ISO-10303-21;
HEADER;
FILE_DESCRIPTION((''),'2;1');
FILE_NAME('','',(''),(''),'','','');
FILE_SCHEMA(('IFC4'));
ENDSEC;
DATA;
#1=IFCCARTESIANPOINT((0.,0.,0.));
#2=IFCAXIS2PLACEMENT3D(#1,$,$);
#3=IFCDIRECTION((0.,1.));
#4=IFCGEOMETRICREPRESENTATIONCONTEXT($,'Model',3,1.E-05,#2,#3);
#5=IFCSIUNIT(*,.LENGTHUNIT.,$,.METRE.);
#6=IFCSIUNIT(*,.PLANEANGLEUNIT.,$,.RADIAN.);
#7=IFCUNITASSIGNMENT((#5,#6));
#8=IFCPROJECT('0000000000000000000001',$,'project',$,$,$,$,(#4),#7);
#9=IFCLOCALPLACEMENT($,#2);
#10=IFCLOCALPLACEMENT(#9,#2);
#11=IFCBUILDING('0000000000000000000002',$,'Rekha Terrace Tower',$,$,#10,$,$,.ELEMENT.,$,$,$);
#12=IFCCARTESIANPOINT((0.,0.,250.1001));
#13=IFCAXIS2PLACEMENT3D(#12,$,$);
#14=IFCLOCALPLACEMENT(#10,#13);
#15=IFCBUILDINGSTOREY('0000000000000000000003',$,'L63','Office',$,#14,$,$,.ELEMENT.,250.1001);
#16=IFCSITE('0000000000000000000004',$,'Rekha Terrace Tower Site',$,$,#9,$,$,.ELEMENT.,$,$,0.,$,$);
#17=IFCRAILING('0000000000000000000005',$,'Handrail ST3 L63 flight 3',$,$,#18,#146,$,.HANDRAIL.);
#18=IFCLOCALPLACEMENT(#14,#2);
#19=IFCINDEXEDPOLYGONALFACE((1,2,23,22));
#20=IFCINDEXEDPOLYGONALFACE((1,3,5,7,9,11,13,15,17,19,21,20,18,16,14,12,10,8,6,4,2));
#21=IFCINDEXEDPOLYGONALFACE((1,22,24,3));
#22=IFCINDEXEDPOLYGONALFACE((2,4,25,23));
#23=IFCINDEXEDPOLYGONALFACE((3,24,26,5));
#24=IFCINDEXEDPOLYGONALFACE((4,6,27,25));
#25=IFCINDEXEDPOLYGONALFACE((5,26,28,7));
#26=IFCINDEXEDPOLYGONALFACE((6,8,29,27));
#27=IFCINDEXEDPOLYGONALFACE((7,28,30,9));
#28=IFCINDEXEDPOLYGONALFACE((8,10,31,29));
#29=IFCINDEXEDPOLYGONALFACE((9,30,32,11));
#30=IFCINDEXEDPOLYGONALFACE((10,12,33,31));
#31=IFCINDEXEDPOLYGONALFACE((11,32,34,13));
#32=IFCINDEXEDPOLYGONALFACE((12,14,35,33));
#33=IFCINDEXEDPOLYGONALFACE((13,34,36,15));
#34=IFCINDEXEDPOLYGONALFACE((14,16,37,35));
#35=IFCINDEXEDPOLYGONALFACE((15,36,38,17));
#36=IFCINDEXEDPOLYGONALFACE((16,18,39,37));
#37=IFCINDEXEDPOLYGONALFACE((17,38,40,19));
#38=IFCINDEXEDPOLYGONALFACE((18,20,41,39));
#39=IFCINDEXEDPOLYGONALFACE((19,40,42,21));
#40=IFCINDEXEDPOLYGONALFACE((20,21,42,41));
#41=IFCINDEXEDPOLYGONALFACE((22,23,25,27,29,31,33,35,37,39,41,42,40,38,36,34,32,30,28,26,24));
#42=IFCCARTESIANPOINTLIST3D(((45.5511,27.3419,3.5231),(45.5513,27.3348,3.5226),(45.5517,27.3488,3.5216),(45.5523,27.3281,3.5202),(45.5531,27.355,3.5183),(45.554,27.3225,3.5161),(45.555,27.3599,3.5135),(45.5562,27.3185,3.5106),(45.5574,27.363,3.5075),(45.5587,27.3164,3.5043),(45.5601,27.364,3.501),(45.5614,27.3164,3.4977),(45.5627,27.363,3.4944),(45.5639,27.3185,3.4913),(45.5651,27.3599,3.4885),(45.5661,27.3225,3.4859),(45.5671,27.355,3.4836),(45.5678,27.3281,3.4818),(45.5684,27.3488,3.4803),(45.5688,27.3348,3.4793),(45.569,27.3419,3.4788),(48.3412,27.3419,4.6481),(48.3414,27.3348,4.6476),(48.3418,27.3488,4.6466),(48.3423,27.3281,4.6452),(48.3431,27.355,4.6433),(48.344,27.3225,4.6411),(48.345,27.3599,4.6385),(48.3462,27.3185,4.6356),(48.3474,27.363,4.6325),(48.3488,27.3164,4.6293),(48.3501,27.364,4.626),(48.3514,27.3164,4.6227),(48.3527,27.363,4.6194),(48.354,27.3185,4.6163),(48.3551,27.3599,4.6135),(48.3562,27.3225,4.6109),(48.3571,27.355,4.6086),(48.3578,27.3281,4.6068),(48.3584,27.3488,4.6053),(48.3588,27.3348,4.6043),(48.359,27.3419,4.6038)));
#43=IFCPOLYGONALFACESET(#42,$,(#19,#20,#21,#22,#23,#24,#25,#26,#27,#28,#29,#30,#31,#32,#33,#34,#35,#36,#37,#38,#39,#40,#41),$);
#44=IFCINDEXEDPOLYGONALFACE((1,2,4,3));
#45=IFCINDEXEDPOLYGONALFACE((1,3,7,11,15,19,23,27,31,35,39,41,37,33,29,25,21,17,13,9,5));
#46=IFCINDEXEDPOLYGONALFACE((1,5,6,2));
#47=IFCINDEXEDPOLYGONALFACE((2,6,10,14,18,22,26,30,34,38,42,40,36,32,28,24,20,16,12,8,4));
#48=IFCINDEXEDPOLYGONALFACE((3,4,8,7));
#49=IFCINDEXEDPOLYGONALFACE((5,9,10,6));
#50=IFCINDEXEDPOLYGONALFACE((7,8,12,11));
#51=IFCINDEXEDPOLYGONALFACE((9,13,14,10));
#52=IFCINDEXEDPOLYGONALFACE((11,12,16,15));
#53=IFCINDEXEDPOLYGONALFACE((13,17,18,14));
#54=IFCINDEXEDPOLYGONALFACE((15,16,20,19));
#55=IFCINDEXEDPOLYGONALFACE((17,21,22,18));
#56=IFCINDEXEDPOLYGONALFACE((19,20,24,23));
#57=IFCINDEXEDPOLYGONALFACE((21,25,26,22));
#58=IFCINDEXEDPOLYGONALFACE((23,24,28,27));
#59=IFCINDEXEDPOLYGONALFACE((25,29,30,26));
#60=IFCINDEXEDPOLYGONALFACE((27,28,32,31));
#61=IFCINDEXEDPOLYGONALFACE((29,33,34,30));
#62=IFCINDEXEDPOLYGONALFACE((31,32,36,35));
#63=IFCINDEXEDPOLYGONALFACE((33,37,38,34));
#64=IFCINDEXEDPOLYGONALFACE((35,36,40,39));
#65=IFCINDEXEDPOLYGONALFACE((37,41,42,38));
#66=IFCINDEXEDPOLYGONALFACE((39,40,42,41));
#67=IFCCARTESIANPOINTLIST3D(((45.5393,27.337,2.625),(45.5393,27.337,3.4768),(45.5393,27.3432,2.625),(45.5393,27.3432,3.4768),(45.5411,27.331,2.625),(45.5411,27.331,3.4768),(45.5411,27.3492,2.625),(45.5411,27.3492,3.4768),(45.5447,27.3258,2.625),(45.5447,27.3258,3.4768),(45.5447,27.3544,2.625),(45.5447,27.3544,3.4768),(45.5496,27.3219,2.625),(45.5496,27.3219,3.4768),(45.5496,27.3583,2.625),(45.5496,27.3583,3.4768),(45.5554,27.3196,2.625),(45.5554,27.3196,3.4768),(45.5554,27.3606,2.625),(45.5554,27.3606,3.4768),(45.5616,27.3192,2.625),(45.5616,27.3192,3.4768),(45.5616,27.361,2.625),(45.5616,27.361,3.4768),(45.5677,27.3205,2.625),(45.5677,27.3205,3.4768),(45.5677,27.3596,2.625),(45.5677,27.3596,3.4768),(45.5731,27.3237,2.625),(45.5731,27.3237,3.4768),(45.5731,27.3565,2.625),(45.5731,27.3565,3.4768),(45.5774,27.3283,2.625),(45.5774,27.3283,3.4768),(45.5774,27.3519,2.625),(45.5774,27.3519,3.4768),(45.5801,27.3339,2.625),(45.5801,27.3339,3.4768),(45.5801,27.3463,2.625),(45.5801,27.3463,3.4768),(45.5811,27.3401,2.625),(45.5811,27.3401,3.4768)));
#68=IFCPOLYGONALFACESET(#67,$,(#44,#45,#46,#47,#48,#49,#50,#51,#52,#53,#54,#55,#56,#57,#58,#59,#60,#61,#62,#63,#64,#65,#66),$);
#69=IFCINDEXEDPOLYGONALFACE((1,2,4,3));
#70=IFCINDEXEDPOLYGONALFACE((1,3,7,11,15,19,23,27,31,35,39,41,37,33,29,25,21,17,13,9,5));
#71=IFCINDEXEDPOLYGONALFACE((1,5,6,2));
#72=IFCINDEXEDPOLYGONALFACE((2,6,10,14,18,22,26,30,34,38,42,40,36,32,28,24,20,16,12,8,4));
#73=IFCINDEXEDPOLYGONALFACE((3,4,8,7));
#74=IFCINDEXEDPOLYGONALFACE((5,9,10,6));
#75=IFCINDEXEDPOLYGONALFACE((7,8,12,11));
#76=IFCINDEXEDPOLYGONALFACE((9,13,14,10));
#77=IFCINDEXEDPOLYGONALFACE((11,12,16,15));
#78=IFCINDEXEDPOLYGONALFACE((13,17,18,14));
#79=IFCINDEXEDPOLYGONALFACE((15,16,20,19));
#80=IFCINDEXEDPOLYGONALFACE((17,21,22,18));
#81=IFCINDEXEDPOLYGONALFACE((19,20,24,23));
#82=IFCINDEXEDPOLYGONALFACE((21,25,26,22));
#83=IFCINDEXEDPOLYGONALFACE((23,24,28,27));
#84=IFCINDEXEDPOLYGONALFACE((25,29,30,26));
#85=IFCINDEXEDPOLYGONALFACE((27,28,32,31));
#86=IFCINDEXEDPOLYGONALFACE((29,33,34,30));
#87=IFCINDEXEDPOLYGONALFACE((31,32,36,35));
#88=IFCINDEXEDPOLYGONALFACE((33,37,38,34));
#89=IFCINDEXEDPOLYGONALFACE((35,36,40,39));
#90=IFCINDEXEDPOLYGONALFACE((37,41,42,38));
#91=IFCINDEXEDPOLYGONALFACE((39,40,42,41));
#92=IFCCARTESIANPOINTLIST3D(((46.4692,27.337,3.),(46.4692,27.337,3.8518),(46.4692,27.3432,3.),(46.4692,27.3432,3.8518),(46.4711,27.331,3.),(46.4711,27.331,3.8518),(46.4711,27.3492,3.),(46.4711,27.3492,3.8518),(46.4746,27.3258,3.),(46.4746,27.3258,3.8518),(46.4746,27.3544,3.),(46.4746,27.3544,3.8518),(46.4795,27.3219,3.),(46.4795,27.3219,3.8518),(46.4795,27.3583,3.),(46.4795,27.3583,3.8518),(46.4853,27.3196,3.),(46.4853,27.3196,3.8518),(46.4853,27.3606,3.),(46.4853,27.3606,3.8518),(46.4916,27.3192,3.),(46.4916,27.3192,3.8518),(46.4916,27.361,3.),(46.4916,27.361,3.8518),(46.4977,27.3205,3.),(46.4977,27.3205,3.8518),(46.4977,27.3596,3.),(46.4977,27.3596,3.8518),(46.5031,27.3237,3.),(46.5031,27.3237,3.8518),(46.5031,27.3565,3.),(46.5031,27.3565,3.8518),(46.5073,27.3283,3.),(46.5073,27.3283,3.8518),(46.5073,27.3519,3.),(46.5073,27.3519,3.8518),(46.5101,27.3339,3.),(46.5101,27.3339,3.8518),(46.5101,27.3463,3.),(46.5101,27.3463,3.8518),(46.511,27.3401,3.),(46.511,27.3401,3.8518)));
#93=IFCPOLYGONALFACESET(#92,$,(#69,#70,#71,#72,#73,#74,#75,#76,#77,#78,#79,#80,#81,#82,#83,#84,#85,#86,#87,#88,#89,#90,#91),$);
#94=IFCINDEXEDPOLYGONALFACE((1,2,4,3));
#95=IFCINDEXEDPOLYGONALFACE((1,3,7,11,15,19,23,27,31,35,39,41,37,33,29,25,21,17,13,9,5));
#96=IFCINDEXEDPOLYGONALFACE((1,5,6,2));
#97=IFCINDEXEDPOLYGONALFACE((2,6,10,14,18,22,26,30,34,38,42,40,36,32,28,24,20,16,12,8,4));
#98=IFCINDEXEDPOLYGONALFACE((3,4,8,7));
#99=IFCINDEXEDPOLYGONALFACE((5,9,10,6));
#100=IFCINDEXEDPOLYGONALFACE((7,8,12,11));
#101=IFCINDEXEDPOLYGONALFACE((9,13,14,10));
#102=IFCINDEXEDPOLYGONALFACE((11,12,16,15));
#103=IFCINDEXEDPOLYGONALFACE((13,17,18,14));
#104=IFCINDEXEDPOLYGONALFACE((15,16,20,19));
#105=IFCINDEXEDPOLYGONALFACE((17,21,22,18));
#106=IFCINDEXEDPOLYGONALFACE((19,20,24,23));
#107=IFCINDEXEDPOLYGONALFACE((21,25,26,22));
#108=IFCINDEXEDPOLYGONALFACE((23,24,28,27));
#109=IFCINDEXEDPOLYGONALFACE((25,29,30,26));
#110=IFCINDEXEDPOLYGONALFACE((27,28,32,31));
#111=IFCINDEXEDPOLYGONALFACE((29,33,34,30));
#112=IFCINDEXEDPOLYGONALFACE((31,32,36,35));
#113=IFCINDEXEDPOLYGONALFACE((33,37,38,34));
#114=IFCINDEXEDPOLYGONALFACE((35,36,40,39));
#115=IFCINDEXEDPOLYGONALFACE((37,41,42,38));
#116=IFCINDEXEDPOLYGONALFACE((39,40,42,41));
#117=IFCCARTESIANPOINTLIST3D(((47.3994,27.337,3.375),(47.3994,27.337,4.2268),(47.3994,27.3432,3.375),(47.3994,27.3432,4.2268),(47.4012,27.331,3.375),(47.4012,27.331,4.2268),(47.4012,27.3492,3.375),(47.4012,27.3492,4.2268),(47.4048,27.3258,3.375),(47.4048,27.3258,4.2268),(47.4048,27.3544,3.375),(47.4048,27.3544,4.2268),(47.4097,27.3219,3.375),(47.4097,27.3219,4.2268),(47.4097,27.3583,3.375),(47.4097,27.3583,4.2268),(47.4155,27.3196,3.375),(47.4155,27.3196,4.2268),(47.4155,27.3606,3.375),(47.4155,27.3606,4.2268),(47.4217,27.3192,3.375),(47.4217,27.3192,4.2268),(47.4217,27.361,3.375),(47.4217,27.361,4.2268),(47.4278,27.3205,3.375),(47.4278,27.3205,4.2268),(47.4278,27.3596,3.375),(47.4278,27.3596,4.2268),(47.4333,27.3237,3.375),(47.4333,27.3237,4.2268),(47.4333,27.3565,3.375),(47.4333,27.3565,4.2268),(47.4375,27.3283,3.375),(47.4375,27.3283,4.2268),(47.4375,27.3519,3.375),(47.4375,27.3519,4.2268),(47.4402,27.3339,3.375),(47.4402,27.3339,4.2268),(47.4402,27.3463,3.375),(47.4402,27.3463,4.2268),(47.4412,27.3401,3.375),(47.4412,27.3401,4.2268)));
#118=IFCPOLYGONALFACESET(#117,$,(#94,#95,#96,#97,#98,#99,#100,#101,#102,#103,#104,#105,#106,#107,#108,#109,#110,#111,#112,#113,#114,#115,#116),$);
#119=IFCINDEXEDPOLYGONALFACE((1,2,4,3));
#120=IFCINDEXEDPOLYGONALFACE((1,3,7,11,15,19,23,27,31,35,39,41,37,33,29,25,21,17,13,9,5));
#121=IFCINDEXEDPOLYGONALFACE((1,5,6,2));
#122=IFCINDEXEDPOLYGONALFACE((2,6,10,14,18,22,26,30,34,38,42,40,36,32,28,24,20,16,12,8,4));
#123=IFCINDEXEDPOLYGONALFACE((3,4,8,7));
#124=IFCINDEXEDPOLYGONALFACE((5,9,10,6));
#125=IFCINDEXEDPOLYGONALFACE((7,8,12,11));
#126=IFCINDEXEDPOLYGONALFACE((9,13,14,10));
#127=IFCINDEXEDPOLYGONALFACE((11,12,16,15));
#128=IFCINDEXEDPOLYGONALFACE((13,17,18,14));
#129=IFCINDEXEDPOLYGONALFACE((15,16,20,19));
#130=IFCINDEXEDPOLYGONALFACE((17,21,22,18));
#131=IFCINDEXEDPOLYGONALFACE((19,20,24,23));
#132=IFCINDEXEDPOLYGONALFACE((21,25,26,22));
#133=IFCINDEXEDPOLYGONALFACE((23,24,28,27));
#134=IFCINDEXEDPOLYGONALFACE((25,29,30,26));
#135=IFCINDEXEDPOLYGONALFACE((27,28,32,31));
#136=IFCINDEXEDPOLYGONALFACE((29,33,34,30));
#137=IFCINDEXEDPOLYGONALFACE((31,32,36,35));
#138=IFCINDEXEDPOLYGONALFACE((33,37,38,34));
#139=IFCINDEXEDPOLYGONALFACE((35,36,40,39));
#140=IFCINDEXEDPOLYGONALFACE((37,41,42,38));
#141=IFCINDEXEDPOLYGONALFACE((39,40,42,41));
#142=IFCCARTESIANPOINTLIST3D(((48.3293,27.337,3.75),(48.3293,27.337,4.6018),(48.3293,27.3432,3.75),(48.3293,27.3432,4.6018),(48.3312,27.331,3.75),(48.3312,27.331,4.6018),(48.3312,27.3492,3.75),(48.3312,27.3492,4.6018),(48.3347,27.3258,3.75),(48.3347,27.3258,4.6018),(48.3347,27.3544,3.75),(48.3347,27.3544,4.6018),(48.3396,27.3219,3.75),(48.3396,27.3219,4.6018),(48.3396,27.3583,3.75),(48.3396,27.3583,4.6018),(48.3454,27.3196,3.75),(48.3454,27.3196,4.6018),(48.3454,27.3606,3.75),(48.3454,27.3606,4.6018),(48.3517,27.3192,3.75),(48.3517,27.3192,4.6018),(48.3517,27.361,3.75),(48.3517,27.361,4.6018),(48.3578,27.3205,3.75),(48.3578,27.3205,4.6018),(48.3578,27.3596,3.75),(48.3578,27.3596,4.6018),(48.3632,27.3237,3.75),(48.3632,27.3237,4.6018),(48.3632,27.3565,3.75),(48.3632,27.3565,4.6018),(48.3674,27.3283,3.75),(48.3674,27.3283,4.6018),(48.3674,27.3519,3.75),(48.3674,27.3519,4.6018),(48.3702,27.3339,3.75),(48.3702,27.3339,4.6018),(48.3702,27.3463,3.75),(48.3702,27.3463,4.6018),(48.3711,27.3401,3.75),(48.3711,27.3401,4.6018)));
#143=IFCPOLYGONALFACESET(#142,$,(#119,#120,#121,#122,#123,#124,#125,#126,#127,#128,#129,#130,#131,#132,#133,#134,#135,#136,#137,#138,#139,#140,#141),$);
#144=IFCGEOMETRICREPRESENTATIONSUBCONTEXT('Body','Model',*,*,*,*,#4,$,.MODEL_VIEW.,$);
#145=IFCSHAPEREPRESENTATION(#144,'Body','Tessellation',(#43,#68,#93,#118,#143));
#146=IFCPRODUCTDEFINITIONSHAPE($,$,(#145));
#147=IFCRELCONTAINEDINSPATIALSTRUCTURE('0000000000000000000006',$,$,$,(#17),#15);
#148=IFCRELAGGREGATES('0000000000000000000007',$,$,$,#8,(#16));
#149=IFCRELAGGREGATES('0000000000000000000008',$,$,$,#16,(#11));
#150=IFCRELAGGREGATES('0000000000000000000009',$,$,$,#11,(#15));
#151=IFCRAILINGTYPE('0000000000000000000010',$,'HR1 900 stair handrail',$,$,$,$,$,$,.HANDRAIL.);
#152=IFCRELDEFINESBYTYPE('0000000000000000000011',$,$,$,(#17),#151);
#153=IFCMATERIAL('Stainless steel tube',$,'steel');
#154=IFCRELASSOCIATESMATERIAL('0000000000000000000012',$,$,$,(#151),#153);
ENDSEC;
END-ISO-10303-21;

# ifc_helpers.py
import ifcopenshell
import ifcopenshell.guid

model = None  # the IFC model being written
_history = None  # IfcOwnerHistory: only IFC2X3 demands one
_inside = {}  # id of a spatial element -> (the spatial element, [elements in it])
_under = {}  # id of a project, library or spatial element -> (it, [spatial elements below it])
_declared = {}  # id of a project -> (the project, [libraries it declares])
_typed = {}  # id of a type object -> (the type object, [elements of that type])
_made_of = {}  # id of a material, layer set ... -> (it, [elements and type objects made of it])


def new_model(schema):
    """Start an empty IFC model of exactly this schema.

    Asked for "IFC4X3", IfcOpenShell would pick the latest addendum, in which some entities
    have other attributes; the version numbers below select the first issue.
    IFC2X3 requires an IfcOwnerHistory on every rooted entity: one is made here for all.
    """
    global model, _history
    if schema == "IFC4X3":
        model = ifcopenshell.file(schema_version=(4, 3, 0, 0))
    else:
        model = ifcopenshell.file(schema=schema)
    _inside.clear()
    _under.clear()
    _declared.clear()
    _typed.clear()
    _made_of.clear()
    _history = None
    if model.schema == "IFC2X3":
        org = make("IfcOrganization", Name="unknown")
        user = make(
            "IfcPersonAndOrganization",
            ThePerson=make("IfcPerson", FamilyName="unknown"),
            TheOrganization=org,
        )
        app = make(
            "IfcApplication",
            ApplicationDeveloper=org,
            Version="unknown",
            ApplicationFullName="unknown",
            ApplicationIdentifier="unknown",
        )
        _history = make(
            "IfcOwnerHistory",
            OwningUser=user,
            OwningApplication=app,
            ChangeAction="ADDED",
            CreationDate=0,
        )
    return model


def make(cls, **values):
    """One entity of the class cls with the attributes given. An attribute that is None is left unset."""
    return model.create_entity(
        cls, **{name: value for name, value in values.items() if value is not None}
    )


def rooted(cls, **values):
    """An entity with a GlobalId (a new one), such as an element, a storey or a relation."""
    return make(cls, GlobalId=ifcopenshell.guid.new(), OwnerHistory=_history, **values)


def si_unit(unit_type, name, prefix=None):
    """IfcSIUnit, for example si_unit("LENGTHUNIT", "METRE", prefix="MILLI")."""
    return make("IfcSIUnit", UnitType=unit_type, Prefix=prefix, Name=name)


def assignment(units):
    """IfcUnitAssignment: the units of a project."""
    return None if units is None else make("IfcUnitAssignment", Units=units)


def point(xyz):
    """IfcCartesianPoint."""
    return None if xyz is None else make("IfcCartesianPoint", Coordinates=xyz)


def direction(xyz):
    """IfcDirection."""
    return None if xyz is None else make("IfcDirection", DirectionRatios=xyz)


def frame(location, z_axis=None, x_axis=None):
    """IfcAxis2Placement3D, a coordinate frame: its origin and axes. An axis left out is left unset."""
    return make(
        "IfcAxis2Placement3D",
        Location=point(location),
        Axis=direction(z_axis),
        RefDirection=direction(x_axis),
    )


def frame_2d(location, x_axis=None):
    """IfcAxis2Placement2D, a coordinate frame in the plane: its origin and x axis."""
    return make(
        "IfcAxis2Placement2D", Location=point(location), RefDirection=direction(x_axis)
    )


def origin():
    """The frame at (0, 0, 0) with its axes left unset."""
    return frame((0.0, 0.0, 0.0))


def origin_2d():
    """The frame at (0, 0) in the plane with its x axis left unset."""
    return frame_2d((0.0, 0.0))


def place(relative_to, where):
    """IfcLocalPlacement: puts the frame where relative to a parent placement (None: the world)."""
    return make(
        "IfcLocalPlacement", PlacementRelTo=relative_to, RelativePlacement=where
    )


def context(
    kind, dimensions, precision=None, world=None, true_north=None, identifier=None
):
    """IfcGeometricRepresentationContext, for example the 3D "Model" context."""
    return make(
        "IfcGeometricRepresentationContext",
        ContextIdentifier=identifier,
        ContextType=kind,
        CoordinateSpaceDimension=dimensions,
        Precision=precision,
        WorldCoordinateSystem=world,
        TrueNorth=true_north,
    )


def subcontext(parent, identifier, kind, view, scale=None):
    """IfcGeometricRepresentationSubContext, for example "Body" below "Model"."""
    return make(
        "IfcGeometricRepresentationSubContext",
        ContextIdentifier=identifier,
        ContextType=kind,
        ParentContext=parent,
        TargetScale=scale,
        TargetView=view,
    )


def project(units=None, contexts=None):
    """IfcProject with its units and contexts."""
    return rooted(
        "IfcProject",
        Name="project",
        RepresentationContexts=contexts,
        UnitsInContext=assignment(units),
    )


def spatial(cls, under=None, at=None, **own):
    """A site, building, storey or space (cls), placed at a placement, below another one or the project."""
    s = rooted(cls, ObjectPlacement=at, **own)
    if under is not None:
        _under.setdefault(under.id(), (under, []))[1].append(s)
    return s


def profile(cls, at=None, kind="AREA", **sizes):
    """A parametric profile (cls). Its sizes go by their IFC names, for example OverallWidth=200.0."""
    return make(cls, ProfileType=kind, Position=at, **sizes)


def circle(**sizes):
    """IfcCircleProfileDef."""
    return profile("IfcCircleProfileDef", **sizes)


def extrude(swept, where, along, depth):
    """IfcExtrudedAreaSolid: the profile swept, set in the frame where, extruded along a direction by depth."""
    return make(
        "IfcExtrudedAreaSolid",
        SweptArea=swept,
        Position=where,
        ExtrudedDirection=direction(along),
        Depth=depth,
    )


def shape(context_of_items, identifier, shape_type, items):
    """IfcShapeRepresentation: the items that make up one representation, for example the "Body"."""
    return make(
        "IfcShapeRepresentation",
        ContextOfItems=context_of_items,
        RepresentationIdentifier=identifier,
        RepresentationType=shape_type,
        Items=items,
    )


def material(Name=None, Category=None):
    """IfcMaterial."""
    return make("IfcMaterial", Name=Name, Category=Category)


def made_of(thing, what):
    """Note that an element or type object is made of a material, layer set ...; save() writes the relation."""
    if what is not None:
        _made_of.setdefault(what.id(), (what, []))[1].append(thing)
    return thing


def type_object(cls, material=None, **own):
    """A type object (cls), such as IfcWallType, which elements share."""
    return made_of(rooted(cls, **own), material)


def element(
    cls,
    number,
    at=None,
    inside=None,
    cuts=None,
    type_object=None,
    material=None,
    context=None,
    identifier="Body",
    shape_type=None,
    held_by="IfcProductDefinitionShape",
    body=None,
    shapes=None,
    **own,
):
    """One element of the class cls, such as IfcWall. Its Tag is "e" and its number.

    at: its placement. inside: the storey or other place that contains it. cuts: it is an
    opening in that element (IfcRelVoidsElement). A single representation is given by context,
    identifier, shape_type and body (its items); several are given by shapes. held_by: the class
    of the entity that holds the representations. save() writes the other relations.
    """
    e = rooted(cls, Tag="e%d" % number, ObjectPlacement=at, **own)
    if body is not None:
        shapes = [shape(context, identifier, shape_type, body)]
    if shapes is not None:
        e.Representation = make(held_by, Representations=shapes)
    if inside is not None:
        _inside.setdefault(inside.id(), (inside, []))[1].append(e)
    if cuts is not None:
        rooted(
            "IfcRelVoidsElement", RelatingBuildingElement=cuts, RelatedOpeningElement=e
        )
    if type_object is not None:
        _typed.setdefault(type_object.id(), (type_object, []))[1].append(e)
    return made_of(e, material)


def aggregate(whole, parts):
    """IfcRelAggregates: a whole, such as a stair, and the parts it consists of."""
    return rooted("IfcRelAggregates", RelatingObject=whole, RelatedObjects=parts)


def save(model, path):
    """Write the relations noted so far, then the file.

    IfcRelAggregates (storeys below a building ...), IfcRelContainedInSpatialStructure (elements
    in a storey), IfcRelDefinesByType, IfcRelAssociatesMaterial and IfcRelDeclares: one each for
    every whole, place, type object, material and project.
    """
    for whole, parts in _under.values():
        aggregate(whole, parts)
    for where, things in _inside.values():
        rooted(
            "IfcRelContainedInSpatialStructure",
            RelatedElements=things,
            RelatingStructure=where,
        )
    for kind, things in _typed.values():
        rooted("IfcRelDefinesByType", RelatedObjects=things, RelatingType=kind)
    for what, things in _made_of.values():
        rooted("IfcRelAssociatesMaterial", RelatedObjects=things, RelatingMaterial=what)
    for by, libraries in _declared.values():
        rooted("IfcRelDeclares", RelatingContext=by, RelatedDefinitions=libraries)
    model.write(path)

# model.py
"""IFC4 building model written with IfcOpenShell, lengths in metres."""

from ifc_helpers import new_model, si_unit, direction, frame, origin, origin_2d, place, context, subcontext, project, spatial, circle, extrude, material, type_object, element, save


model = new_model("IFC4")

# Units and contexts
model_context = context("Model", 3, precision=1e-05, world=origin(), true_north=direction((0.0, 1.0)))
body_context = subcontext(model_context, "Body", "Model", "MODEL_VIEW")
ifc_project = project(units=[si_unit("LENGTHUNIT", "METRE"), si_unit("PLANEANGLEUNIT", "RADIAN")], contexts=[model_context])

# Site, building, storey
site_placement = place(None, origin())
site = spatial("IfcSite", under=ifc_project, at=site_placement, Name="Rekha Terrace Tower Site", CompositionType="ELEMENT", RefElevation=0.0)
building_placement = place(site_placement, origin())
building = spatial("IfcBuilding", under=site, at=building_placement, Name="Rekha Terrace Tower", CompositionType="ELEMENT")
storey_placement = place(building_placement, frame((0.0, 0.0, 250.1001)))
storey = spatial("IfcBuildingStorey", under=building, at=storey_placement, Name="L63", Description="Office", CompositionType="ELEMENT", Elevation=250.1001)

# Railing
ifc_material_1 = material(Name="Stainless steel tube", Category="steel")
railing_type_1 = type_object("IfcRailingType", Name="HR1 900 stair handrail", PredefinedType="HANDRAIL", material=ifc_material_1)
railing_1_placement = place(storey_placement, frame((45.5601, 27.3401, 2.625)))
element("IfcRailing", 1, at=railing_1_placement, inside=storey, type_object=railing_type_1, Name="Handrail ST3 L63 flight 3", PredefinedType="HANDRAIL", context=body_context, shape_type="SweptSolid", body=[
    extrude(circle(Radius=0.0239, at=origin_2d()), frame((0.0, 0.0, 0.876), z_axis=(0.927443, 0.0, 0.373964), x_axis=(0.0, 1.0, 0.0)), (0.0, 0.0, 1.0), 3.0083),
    extrude(circle(Radius=0.021, at=origin_2d()), origin(), (0.0, 0.0, 1.0), 0.8518),
    extrude(circle(Radius=0.021, at=origin_2d()), frame((0.9299, 0.0, 0.375)), (0.0, 0.0, 1.0), 0.8518),
    extrude(circle(Radius=0.021, at=origin_2d()), frame((1.8601, 0.0, 0.75)), (0.0, 0.0, 1.0), 0.8518),
    extrude(circle(Radius=0.021, at=origin_2d()), frame((2.79, 0.0, 1.125)), (0.0, 0.0, 1.0), 0.8518),
])

save(model, "model.ifc")
